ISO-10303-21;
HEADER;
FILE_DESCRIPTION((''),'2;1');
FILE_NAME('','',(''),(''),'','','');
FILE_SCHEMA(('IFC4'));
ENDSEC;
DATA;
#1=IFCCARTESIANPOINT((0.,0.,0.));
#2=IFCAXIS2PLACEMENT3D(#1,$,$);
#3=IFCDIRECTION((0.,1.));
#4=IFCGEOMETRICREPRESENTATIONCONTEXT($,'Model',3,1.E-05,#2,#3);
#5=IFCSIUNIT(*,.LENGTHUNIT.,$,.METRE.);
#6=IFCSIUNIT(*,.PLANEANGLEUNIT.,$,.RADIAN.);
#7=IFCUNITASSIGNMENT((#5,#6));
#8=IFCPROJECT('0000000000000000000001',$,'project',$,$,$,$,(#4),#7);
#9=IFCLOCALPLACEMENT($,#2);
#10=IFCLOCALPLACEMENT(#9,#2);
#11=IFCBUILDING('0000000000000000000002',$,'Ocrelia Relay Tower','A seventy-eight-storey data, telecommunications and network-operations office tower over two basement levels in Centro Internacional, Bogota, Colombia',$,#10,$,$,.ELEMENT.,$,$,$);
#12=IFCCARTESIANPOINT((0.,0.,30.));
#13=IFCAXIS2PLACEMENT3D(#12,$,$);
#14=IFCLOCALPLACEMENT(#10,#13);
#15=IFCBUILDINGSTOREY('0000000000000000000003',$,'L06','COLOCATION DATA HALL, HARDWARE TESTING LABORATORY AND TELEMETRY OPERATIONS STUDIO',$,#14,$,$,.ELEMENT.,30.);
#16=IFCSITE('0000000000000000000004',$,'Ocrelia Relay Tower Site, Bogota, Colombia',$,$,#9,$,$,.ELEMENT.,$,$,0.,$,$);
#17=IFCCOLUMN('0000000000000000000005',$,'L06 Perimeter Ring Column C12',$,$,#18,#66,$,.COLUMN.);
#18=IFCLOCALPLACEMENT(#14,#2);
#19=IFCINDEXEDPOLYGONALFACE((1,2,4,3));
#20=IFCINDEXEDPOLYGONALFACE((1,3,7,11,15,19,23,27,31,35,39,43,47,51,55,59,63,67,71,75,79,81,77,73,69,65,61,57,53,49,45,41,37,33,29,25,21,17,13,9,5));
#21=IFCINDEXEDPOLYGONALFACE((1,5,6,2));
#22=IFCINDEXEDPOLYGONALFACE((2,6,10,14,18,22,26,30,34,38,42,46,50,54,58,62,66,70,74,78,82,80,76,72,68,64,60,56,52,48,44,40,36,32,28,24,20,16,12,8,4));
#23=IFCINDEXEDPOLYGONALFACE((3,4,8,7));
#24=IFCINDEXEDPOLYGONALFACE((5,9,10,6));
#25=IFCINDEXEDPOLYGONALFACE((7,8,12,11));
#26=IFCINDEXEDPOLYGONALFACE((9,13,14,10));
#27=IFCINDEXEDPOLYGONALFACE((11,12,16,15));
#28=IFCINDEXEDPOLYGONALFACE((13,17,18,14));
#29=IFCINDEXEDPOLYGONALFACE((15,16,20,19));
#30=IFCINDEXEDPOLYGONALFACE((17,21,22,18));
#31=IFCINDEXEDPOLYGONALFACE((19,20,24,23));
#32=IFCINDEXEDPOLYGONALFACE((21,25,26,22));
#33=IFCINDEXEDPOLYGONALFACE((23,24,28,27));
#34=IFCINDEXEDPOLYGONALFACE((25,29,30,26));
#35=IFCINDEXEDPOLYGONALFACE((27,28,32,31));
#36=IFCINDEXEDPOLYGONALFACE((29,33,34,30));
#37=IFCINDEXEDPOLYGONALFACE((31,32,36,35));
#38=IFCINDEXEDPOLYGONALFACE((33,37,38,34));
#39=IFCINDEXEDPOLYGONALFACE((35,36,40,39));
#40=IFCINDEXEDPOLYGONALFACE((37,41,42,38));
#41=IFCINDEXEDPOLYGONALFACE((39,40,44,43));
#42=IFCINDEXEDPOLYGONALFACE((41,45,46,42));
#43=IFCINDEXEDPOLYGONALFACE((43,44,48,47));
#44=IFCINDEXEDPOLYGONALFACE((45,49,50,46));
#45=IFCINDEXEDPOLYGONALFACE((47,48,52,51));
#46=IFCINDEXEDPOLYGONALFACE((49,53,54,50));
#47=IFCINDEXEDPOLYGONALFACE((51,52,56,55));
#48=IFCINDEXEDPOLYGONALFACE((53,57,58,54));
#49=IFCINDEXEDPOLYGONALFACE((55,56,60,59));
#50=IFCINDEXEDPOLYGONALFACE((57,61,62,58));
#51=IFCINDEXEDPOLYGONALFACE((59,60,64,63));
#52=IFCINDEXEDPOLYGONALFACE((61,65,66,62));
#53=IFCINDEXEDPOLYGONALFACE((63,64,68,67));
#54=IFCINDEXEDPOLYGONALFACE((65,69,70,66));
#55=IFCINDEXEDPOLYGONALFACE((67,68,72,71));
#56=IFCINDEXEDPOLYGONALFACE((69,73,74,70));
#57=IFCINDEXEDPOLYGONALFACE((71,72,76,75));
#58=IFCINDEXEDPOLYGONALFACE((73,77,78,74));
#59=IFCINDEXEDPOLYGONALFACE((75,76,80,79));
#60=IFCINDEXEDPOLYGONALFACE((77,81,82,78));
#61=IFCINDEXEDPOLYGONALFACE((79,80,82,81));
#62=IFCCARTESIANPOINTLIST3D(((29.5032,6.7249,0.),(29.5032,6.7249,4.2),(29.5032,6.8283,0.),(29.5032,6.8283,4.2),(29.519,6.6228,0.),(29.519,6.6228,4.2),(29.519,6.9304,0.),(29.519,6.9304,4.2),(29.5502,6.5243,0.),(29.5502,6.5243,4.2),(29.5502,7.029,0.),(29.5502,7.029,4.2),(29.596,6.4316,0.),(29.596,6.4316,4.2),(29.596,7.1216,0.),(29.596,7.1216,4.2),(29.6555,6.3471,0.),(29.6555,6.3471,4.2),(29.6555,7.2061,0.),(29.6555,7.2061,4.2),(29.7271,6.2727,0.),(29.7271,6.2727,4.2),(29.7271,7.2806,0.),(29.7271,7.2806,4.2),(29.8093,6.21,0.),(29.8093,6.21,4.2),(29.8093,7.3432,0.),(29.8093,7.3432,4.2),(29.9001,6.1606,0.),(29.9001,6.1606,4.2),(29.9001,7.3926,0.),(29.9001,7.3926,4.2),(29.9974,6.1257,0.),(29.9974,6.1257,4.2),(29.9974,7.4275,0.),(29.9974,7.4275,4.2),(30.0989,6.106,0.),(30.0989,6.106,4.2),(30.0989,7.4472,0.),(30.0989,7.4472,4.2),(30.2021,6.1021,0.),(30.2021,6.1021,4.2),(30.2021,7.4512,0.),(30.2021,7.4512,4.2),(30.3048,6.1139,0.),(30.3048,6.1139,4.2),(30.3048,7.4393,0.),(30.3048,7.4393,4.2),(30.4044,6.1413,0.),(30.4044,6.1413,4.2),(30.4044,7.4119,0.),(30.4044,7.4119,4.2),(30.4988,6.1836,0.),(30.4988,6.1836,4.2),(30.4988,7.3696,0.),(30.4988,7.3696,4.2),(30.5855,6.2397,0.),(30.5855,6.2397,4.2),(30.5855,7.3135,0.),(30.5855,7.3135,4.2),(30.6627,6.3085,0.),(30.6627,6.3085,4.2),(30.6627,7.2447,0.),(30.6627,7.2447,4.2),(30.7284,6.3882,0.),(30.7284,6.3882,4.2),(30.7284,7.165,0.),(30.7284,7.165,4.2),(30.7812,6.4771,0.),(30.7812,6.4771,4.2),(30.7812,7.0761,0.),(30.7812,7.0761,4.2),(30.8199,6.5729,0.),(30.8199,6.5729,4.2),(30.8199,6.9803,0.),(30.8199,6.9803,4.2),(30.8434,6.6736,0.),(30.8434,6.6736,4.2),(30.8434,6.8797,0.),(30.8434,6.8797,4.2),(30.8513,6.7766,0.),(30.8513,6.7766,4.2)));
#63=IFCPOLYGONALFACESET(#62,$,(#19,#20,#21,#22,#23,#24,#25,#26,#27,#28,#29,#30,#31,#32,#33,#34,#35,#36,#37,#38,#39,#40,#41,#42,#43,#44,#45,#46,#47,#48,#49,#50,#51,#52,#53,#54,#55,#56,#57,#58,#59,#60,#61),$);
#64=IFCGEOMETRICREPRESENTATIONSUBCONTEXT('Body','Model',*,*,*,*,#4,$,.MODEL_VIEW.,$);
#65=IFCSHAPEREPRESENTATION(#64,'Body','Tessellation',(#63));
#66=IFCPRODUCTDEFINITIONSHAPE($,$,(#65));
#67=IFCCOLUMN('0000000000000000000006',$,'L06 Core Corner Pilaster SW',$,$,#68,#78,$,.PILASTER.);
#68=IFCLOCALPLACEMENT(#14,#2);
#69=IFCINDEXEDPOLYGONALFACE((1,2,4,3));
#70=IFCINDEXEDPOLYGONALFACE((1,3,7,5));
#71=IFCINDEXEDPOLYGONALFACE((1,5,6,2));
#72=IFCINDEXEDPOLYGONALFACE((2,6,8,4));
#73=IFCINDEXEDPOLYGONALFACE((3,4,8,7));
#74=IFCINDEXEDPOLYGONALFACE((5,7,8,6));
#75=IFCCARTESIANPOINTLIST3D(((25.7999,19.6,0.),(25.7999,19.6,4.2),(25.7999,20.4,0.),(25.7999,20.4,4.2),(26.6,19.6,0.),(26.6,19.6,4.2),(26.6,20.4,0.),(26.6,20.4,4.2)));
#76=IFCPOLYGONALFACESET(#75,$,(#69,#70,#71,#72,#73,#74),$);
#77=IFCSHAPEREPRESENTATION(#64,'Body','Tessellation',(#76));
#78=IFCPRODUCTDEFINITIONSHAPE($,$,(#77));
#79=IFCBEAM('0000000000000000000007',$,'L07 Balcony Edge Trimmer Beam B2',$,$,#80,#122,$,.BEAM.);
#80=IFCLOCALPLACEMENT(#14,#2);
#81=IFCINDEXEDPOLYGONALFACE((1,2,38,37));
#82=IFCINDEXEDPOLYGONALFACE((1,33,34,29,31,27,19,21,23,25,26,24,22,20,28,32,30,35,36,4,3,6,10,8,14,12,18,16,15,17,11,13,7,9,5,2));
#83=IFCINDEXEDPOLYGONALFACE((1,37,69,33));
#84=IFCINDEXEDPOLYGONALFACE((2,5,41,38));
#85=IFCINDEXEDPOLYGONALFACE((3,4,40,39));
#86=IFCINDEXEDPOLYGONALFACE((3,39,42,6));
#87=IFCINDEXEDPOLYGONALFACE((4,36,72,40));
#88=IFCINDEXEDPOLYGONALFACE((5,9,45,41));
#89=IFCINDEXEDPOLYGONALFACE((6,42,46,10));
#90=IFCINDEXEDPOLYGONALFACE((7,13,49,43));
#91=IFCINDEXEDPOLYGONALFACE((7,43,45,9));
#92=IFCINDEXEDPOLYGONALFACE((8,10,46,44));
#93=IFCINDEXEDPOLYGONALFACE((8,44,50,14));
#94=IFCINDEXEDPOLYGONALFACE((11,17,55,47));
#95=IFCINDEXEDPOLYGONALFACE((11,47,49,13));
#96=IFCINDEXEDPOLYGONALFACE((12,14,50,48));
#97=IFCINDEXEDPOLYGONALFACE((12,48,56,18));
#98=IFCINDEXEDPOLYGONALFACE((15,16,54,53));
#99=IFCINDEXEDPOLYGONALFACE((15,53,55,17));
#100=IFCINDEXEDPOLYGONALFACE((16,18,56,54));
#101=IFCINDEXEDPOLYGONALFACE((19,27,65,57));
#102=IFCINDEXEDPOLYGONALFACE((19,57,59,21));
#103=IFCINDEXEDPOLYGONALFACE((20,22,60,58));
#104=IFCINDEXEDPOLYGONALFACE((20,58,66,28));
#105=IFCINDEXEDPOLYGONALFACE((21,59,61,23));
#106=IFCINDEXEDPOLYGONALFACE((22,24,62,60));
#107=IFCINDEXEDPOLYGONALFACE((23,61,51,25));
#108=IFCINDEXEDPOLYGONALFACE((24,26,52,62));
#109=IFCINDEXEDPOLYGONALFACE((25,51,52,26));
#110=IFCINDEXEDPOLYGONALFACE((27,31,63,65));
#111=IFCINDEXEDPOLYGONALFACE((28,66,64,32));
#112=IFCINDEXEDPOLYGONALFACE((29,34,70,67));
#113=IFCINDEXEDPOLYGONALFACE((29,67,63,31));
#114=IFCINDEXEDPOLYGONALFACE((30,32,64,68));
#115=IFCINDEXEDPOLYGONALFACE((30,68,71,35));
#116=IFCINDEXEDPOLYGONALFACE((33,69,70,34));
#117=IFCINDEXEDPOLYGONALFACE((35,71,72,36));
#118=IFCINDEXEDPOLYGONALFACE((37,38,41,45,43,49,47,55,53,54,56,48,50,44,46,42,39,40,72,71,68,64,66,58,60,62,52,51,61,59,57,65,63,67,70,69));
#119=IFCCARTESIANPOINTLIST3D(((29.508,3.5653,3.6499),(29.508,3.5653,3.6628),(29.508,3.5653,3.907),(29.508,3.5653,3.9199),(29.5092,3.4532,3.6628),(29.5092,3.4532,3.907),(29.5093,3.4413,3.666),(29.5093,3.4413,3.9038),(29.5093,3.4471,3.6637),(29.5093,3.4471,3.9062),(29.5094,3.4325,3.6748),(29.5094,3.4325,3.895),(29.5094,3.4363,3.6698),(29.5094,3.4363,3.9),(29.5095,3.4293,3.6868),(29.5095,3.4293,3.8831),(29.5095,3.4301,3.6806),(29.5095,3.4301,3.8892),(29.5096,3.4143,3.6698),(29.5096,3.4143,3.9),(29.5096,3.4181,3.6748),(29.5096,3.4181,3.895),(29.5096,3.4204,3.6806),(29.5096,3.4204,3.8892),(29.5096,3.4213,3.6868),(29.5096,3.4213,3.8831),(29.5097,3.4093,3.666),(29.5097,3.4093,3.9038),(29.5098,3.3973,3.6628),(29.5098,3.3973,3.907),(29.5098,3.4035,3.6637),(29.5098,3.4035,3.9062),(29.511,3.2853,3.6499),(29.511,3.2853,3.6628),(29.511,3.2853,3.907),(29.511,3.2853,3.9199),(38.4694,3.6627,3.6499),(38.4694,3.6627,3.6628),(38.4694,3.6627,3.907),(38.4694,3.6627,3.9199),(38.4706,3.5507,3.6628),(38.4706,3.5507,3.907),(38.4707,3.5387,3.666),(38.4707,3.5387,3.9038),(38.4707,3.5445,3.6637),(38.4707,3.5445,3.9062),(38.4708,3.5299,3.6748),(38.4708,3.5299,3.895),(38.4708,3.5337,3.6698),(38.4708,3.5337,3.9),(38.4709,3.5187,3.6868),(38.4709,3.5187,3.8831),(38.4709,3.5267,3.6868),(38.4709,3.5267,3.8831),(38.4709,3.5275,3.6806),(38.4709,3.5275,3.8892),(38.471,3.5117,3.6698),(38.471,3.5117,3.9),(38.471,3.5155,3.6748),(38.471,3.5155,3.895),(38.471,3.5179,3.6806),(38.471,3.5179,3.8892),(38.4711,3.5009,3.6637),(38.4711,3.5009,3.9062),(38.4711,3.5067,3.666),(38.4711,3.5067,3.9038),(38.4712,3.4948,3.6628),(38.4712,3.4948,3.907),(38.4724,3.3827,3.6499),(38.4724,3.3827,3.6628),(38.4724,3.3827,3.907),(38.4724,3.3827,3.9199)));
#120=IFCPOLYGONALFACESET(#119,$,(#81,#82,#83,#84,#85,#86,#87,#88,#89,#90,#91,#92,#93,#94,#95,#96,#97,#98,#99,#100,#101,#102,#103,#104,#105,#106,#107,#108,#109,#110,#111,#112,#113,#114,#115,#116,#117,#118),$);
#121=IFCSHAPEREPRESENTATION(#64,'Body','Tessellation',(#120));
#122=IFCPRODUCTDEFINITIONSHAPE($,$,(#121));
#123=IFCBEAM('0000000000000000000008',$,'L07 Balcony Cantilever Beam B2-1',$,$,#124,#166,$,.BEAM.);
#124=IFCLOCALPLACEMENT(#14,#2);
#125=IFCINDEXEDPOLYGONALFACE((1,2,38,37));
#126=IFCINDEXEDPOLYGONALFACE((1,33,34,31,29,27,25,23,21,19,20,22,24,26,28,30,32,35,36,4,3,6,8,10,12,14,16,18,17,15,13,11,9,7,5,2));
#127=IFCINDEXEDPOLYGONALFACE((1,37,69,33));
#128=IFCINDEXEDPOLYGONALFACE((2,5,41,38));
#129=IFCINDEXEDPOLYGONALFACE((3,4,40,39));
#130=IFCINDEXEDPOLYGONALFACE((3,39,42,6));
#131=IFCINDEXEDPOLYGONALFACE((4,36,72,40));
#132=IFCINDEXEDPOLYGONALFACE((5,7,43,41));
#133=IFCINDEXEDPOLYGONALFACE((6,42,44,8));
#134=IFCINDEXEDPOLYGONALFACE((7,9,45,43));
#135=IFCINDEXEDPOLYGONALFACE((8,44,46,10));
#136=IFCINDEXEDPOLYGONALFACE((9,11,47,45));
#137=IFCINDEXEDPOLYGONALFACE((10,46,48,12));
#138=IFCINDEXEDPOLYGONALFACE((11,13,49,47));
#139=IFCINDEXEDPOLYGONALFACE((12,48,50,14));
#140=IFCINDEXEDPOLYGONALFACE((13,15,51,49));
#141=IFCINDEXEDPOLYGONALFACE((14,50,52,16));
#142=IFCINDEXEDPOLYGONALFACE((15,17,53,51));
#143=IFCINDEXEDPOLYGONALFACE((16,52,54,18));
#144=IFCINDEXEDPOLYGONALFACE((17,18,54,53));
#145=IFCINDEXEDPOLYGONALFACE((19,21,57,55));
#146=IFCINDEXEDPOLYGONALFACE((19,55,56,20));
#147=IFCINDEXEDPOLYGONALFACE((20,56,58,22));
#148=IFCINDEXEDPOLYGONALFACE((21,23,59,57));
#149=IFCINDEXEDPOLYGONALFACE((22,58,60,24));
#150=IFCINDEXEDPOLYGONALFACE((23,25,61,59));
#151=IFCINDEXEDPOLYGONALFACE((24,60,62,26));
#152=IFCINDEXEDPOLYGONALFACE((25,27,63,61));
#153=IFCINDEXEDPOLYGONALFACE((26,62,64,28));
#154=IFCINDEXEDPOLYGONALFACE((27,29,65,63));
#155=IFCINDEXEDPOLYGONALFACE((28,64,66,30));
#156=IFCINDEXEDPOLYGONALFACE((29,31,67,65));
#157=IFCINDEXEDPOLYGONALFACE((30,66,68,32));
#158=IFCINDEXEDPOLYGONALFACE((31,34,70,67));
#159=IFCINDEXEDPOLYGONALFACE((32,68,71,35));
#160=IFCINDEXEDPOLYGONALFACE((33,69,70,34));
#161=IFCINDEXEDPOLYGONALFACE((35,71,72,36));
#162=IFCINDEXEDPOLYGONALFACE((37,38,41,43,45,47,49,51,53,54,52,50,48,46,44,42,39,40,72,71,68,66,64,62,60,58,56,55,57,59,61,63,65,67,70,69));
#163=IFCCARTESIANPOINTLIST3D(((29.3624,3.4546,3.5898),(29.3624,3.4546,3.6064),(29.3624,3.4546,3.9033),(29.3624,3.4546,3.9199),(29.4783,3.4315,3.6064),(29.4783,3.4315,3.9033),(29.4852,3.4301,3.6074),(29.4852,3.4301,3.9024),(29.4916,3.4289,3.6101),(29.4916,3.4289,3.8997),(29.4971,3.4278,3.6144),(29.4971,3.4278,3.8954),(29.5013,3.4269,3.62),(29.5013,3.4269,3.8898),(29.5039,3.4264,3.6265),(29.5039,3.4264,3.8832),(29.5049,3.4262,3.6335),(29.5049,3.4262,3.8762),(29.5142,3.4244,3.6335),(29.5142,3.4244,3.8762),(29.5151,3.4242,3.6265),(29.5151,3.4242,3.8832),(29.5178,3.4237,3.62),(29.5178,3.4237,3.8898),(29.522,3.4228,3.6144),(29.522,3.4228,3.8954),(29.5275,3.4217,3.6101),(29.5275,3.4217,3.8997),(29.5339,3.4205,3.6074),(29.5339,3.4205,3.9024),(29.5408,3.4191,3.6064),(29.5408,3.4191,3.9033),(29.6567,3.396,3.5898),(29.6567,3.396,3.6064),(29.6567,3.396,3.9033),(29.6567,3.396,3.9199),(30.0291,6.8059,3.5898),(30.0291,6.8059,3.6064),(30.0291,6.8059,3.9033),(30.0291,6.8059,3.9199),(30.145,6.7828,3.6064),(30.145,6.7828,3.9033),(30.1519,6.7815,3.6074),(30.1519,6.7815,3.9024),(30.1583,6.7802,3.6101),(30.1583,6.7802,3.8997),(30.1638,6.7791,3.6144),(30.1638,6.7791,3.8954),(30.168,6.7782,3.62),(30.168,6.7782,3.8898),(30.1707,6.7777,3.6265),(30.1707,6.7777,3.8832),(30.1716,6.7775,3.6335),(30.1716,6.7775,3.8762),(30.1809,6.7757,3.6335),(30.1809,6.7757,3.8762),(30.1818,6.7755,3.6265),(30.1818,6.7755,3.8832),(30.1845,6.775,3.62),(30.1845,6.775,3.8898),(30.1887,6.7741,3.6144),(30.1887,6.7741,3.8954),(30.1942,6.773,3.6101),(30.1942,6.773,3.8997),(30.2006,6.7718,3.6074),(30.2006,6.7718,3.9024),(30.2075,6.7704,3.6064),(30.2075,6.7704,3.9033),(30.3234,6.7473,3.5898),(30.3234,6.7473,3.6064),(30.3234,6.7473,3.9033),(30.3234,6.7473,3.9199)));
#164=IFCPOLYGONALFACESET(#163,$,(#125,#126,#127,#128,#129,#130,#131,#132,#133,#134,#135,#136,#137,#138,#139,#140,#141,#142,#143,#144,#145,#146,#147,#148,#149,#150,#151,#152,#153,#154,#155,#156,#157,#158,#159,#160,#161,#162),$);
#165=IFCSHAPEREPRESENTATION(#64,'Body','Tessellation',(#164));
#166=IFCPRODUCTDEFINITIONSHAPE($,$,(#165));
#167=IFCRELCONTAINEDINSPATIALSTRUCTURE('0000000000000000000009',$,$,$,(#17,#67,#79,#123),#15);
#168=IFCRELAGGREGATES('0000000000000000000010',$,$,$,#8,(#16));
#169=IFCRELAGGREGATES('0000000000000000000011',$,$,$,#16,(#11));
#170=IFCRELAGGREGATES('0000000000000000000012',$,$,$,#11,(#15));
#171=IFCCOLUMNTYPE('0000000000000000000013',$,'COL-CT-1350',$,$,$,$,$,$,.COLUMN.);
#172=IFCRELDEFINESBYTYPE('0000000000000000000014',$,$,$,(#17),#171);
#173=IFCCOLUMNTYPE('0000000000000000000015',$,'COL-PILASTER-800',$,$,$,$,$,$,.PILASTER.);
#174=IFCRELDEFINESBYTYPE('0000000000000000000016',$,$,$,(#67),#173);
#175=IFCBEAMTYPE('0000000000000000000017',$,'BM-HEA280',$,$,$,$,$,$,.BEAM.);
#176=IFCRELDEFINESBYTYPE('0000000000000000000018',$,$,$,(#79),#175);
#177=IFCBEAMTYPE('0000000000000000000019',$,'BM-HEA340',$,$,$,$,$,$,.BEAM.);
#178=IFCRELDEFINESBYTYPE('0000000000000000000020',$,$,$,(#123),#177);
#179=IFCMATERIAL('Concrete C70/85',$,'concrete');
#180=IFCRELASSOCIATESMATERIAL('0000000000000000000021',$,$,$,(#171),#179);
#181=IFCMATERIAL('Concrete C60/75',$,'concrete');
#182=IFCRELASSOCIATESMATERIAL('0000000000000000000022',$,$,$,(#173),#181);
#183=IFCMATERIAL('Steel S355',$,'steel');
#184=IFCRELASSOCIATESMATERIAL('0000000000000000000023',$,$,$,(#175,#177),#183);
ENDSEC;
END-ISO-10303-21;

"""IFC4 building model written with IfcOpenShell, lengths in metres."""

from ifc_helpers import new_model, si_unit, direction, frame, origin, origin_2d, place, context, subcontext, project, spatial, rectangle, circle, i_section, extrude, material, material_profile, profile_set, type_object, element, save


model = new_model("IFC4")

# Units and contexts
model_context = context("Model", 3, precision=1e-05, world=origin(), true_north=direction((0.0, 1.0)))
body_context = subcontext(model_context, "Body", "Model", "MODEL_VIEW")
ifc_project = project(units=[si_unit("LENGTHUNIT", "METRE"), si_unit("PLANEANGLEUNIT", "RADIAN")], contexts=[model_context])

# Site, building, storey
site_placement = place(None, origin())
site = spatial("IfcSite", under=ifc_project, at=site_placement, Name="Ocrelia Relay Tower Site, Bogota, Colombia", CompositionType="ELEMENT", RefElevation=0.0)
building_placement = place(site_placement, origin())
building = spatial("IfcBuilding", under=site, at=building_placement, Name="Ocrelia Relay Tower", Description="A seventy-eight-storey data, telecommunications and network-operations office tower over two basement levels in Centro Internacional, Bogota, Colombia", CompositionType="ELEMENT")
storey_placement = place(building_placement, frame((0.0, 0.0, 30.0)))
storey = spatial("IfcBuildingStorey", under=building, at=storey_placement, Name="L06", Description="COLOCATION DATA HALL, HARDWARE TESTING LABORATORY AND TELEMETRY OPERATIONS STUDIO", CompositionType="ELEMENT", Elevation=30.0)

# Columns
ifc_material_1 = material(Name="Concrete C70/85", Category="concrete")
ifc_material_profile_1 = material_profile(ifc_material_1, circle(Radius=0.675, at=origin_2d()), Name="RC-CIR-1350")
ifc_profile_set_1 = profile_set([ifc_material_profile_1], Name="Concrete C70/85")
column_type_1 = type_object("IfcColumnType", Name="COL-CT-1350", PredefinedType="COLUMN", material=ifc_profile_set_1)
column_1_placement = place(storey_placement, frame((30.1763, 6.7766, 0.0), z_axis=(0.0, 0.0, 1.0), x_axis=(1.0, 0.0, 0.0)))
element("IfcColumn", 1, at=column_1_placement, inside=storey, type_object=column_type_1, Name="L06 Perimeter Ring Column C12", PredefinedType="COLUMN", context=body_context, shape_type="SweptSolid", body=[
    extrude(circle(Radius=0.675, at=origin_2d()), origin(), (0.0, 0.0, 1.0), 4.2),
])
ifc_material_2 = material(Name="Concrete C60/75", Category="concrete")
ifc_material_profile_2 = material_profile(ifc_material_2, rectangle(XDim=0.8, YDim=0.8, at=origin_2d()), Name="RC-COL-800x800")
ifc_profile_set_2 = profile_set([ifc_material_profile_2], Name="Concrete C60/75")
column_type_2 = type_object("IfcColumnType", Name="COL-PILASTER-800", PredefinedType="PILASTER", material=ifc_profile_set_2)
column_2_placement = place(storey_placement, frame((26.2, 20.0, 0.0), z_axis=(0.0, 0.0, 1.0), x_axis=(1.0, 0.0, 0.0)))
element("IfcColumn", 2, at=column_2_placement, inside=storey, type_object=column_type_2, Name="L06 Core Corner Pilaster SW", PredefinedType="PILASTER", context=body_context, shape_type="SweptSolid", body=[
    extrude(rectangle(XDim=0.8, YDim=0.8, at=origin_2d()), origin(), (0.0, 0.0, 1.0), 4.2),
])

# Beams
ifc_material_3 = material(Name="Steel S355", Category="steel")
ifc_material_profile_3 = material_profile(ifc_material_3, i_section(OverallWidth=0.28, OverallDepth=0.27, WebThickness=0.0081, FlangeThickness=0.0129, FilletRadius=0.0239, at=origin_2d()), Name="HEA 280")
ifc_profile_set_3 = profile_set([ifc_material_profile_3], Name="Steel S355")
beam_type_1 = type_object("IfcBeamType", Name="BM-HEA280", PredefinedType="BEAM", material=ifc_profile_set_3)
beam_1_placement = place(storey_placement, frame((29.5095, 3.4253, 3.7849), z_axis=(0.999941, 0.01087, 0.0), x_axis=(-0.01087, 0.999941, 0.0)))
element("IfcBeam", 3, at=beam_1_placement, inside=storey, type_object=beam_type_1, Name="L07 Balcony Edge Trimmer Beam B2", PredefinedType="BEAM", context=body_context, shape_type="SweptSolid", body=[
    extrude(i_section(OverallWidth=0.28, OverallDepth=0.27, WebThickness=0.0081, FlangeThickness=0.0129, FilletRadius=0.0239, at=origin_2d()), origin(), (0.0, 0.0, 1.0), 8.9619),
])
ifc_material_profile_4 = material_profile(ifc_material_3, i_section(OverallWidth=0.3, OverallDepth=0.3301, WebThickness=0.0095, FlangeThickness=0.0166, FilletRadius=0.0271, at=origin_2d()), Name="HEA 340")
ifc_profile_set_4 = profile_set([ifc_material_profile_4], Name="Steel S355")
beam_type_2 = type_object("IfcBeamType", Name="BM-HEA340", PredefinedType="BEAM", material=ifc_profile_set_4)
beam_2_placement = place(storey_placement, frame((30.1763, 6.7766, 3.7549), z_axis=(-0.195127, -0.980778, 0.0), x_axis=(0.980778, -0.195127, 0.0)))
element("IfcBeam", 4, at=beam_2_placement, inside=storey, type_object=beam_type_2, Name="L07 Balcony Cantilever Beam B2-1", PredefinedType="BEAM", context=body_context, shape_type="SweptSolid", body=[
    extrude(i_section(OverallWidth=0.3, OverallDepth=0.3301, WebThickness=0.0095, FlangeThickness=0.0166, FilletRadius=0.0271, at=origin_2d()), origin(), (0.0, 0.0, 1.0), 3.417),
])

save(model, "model.ifc")
